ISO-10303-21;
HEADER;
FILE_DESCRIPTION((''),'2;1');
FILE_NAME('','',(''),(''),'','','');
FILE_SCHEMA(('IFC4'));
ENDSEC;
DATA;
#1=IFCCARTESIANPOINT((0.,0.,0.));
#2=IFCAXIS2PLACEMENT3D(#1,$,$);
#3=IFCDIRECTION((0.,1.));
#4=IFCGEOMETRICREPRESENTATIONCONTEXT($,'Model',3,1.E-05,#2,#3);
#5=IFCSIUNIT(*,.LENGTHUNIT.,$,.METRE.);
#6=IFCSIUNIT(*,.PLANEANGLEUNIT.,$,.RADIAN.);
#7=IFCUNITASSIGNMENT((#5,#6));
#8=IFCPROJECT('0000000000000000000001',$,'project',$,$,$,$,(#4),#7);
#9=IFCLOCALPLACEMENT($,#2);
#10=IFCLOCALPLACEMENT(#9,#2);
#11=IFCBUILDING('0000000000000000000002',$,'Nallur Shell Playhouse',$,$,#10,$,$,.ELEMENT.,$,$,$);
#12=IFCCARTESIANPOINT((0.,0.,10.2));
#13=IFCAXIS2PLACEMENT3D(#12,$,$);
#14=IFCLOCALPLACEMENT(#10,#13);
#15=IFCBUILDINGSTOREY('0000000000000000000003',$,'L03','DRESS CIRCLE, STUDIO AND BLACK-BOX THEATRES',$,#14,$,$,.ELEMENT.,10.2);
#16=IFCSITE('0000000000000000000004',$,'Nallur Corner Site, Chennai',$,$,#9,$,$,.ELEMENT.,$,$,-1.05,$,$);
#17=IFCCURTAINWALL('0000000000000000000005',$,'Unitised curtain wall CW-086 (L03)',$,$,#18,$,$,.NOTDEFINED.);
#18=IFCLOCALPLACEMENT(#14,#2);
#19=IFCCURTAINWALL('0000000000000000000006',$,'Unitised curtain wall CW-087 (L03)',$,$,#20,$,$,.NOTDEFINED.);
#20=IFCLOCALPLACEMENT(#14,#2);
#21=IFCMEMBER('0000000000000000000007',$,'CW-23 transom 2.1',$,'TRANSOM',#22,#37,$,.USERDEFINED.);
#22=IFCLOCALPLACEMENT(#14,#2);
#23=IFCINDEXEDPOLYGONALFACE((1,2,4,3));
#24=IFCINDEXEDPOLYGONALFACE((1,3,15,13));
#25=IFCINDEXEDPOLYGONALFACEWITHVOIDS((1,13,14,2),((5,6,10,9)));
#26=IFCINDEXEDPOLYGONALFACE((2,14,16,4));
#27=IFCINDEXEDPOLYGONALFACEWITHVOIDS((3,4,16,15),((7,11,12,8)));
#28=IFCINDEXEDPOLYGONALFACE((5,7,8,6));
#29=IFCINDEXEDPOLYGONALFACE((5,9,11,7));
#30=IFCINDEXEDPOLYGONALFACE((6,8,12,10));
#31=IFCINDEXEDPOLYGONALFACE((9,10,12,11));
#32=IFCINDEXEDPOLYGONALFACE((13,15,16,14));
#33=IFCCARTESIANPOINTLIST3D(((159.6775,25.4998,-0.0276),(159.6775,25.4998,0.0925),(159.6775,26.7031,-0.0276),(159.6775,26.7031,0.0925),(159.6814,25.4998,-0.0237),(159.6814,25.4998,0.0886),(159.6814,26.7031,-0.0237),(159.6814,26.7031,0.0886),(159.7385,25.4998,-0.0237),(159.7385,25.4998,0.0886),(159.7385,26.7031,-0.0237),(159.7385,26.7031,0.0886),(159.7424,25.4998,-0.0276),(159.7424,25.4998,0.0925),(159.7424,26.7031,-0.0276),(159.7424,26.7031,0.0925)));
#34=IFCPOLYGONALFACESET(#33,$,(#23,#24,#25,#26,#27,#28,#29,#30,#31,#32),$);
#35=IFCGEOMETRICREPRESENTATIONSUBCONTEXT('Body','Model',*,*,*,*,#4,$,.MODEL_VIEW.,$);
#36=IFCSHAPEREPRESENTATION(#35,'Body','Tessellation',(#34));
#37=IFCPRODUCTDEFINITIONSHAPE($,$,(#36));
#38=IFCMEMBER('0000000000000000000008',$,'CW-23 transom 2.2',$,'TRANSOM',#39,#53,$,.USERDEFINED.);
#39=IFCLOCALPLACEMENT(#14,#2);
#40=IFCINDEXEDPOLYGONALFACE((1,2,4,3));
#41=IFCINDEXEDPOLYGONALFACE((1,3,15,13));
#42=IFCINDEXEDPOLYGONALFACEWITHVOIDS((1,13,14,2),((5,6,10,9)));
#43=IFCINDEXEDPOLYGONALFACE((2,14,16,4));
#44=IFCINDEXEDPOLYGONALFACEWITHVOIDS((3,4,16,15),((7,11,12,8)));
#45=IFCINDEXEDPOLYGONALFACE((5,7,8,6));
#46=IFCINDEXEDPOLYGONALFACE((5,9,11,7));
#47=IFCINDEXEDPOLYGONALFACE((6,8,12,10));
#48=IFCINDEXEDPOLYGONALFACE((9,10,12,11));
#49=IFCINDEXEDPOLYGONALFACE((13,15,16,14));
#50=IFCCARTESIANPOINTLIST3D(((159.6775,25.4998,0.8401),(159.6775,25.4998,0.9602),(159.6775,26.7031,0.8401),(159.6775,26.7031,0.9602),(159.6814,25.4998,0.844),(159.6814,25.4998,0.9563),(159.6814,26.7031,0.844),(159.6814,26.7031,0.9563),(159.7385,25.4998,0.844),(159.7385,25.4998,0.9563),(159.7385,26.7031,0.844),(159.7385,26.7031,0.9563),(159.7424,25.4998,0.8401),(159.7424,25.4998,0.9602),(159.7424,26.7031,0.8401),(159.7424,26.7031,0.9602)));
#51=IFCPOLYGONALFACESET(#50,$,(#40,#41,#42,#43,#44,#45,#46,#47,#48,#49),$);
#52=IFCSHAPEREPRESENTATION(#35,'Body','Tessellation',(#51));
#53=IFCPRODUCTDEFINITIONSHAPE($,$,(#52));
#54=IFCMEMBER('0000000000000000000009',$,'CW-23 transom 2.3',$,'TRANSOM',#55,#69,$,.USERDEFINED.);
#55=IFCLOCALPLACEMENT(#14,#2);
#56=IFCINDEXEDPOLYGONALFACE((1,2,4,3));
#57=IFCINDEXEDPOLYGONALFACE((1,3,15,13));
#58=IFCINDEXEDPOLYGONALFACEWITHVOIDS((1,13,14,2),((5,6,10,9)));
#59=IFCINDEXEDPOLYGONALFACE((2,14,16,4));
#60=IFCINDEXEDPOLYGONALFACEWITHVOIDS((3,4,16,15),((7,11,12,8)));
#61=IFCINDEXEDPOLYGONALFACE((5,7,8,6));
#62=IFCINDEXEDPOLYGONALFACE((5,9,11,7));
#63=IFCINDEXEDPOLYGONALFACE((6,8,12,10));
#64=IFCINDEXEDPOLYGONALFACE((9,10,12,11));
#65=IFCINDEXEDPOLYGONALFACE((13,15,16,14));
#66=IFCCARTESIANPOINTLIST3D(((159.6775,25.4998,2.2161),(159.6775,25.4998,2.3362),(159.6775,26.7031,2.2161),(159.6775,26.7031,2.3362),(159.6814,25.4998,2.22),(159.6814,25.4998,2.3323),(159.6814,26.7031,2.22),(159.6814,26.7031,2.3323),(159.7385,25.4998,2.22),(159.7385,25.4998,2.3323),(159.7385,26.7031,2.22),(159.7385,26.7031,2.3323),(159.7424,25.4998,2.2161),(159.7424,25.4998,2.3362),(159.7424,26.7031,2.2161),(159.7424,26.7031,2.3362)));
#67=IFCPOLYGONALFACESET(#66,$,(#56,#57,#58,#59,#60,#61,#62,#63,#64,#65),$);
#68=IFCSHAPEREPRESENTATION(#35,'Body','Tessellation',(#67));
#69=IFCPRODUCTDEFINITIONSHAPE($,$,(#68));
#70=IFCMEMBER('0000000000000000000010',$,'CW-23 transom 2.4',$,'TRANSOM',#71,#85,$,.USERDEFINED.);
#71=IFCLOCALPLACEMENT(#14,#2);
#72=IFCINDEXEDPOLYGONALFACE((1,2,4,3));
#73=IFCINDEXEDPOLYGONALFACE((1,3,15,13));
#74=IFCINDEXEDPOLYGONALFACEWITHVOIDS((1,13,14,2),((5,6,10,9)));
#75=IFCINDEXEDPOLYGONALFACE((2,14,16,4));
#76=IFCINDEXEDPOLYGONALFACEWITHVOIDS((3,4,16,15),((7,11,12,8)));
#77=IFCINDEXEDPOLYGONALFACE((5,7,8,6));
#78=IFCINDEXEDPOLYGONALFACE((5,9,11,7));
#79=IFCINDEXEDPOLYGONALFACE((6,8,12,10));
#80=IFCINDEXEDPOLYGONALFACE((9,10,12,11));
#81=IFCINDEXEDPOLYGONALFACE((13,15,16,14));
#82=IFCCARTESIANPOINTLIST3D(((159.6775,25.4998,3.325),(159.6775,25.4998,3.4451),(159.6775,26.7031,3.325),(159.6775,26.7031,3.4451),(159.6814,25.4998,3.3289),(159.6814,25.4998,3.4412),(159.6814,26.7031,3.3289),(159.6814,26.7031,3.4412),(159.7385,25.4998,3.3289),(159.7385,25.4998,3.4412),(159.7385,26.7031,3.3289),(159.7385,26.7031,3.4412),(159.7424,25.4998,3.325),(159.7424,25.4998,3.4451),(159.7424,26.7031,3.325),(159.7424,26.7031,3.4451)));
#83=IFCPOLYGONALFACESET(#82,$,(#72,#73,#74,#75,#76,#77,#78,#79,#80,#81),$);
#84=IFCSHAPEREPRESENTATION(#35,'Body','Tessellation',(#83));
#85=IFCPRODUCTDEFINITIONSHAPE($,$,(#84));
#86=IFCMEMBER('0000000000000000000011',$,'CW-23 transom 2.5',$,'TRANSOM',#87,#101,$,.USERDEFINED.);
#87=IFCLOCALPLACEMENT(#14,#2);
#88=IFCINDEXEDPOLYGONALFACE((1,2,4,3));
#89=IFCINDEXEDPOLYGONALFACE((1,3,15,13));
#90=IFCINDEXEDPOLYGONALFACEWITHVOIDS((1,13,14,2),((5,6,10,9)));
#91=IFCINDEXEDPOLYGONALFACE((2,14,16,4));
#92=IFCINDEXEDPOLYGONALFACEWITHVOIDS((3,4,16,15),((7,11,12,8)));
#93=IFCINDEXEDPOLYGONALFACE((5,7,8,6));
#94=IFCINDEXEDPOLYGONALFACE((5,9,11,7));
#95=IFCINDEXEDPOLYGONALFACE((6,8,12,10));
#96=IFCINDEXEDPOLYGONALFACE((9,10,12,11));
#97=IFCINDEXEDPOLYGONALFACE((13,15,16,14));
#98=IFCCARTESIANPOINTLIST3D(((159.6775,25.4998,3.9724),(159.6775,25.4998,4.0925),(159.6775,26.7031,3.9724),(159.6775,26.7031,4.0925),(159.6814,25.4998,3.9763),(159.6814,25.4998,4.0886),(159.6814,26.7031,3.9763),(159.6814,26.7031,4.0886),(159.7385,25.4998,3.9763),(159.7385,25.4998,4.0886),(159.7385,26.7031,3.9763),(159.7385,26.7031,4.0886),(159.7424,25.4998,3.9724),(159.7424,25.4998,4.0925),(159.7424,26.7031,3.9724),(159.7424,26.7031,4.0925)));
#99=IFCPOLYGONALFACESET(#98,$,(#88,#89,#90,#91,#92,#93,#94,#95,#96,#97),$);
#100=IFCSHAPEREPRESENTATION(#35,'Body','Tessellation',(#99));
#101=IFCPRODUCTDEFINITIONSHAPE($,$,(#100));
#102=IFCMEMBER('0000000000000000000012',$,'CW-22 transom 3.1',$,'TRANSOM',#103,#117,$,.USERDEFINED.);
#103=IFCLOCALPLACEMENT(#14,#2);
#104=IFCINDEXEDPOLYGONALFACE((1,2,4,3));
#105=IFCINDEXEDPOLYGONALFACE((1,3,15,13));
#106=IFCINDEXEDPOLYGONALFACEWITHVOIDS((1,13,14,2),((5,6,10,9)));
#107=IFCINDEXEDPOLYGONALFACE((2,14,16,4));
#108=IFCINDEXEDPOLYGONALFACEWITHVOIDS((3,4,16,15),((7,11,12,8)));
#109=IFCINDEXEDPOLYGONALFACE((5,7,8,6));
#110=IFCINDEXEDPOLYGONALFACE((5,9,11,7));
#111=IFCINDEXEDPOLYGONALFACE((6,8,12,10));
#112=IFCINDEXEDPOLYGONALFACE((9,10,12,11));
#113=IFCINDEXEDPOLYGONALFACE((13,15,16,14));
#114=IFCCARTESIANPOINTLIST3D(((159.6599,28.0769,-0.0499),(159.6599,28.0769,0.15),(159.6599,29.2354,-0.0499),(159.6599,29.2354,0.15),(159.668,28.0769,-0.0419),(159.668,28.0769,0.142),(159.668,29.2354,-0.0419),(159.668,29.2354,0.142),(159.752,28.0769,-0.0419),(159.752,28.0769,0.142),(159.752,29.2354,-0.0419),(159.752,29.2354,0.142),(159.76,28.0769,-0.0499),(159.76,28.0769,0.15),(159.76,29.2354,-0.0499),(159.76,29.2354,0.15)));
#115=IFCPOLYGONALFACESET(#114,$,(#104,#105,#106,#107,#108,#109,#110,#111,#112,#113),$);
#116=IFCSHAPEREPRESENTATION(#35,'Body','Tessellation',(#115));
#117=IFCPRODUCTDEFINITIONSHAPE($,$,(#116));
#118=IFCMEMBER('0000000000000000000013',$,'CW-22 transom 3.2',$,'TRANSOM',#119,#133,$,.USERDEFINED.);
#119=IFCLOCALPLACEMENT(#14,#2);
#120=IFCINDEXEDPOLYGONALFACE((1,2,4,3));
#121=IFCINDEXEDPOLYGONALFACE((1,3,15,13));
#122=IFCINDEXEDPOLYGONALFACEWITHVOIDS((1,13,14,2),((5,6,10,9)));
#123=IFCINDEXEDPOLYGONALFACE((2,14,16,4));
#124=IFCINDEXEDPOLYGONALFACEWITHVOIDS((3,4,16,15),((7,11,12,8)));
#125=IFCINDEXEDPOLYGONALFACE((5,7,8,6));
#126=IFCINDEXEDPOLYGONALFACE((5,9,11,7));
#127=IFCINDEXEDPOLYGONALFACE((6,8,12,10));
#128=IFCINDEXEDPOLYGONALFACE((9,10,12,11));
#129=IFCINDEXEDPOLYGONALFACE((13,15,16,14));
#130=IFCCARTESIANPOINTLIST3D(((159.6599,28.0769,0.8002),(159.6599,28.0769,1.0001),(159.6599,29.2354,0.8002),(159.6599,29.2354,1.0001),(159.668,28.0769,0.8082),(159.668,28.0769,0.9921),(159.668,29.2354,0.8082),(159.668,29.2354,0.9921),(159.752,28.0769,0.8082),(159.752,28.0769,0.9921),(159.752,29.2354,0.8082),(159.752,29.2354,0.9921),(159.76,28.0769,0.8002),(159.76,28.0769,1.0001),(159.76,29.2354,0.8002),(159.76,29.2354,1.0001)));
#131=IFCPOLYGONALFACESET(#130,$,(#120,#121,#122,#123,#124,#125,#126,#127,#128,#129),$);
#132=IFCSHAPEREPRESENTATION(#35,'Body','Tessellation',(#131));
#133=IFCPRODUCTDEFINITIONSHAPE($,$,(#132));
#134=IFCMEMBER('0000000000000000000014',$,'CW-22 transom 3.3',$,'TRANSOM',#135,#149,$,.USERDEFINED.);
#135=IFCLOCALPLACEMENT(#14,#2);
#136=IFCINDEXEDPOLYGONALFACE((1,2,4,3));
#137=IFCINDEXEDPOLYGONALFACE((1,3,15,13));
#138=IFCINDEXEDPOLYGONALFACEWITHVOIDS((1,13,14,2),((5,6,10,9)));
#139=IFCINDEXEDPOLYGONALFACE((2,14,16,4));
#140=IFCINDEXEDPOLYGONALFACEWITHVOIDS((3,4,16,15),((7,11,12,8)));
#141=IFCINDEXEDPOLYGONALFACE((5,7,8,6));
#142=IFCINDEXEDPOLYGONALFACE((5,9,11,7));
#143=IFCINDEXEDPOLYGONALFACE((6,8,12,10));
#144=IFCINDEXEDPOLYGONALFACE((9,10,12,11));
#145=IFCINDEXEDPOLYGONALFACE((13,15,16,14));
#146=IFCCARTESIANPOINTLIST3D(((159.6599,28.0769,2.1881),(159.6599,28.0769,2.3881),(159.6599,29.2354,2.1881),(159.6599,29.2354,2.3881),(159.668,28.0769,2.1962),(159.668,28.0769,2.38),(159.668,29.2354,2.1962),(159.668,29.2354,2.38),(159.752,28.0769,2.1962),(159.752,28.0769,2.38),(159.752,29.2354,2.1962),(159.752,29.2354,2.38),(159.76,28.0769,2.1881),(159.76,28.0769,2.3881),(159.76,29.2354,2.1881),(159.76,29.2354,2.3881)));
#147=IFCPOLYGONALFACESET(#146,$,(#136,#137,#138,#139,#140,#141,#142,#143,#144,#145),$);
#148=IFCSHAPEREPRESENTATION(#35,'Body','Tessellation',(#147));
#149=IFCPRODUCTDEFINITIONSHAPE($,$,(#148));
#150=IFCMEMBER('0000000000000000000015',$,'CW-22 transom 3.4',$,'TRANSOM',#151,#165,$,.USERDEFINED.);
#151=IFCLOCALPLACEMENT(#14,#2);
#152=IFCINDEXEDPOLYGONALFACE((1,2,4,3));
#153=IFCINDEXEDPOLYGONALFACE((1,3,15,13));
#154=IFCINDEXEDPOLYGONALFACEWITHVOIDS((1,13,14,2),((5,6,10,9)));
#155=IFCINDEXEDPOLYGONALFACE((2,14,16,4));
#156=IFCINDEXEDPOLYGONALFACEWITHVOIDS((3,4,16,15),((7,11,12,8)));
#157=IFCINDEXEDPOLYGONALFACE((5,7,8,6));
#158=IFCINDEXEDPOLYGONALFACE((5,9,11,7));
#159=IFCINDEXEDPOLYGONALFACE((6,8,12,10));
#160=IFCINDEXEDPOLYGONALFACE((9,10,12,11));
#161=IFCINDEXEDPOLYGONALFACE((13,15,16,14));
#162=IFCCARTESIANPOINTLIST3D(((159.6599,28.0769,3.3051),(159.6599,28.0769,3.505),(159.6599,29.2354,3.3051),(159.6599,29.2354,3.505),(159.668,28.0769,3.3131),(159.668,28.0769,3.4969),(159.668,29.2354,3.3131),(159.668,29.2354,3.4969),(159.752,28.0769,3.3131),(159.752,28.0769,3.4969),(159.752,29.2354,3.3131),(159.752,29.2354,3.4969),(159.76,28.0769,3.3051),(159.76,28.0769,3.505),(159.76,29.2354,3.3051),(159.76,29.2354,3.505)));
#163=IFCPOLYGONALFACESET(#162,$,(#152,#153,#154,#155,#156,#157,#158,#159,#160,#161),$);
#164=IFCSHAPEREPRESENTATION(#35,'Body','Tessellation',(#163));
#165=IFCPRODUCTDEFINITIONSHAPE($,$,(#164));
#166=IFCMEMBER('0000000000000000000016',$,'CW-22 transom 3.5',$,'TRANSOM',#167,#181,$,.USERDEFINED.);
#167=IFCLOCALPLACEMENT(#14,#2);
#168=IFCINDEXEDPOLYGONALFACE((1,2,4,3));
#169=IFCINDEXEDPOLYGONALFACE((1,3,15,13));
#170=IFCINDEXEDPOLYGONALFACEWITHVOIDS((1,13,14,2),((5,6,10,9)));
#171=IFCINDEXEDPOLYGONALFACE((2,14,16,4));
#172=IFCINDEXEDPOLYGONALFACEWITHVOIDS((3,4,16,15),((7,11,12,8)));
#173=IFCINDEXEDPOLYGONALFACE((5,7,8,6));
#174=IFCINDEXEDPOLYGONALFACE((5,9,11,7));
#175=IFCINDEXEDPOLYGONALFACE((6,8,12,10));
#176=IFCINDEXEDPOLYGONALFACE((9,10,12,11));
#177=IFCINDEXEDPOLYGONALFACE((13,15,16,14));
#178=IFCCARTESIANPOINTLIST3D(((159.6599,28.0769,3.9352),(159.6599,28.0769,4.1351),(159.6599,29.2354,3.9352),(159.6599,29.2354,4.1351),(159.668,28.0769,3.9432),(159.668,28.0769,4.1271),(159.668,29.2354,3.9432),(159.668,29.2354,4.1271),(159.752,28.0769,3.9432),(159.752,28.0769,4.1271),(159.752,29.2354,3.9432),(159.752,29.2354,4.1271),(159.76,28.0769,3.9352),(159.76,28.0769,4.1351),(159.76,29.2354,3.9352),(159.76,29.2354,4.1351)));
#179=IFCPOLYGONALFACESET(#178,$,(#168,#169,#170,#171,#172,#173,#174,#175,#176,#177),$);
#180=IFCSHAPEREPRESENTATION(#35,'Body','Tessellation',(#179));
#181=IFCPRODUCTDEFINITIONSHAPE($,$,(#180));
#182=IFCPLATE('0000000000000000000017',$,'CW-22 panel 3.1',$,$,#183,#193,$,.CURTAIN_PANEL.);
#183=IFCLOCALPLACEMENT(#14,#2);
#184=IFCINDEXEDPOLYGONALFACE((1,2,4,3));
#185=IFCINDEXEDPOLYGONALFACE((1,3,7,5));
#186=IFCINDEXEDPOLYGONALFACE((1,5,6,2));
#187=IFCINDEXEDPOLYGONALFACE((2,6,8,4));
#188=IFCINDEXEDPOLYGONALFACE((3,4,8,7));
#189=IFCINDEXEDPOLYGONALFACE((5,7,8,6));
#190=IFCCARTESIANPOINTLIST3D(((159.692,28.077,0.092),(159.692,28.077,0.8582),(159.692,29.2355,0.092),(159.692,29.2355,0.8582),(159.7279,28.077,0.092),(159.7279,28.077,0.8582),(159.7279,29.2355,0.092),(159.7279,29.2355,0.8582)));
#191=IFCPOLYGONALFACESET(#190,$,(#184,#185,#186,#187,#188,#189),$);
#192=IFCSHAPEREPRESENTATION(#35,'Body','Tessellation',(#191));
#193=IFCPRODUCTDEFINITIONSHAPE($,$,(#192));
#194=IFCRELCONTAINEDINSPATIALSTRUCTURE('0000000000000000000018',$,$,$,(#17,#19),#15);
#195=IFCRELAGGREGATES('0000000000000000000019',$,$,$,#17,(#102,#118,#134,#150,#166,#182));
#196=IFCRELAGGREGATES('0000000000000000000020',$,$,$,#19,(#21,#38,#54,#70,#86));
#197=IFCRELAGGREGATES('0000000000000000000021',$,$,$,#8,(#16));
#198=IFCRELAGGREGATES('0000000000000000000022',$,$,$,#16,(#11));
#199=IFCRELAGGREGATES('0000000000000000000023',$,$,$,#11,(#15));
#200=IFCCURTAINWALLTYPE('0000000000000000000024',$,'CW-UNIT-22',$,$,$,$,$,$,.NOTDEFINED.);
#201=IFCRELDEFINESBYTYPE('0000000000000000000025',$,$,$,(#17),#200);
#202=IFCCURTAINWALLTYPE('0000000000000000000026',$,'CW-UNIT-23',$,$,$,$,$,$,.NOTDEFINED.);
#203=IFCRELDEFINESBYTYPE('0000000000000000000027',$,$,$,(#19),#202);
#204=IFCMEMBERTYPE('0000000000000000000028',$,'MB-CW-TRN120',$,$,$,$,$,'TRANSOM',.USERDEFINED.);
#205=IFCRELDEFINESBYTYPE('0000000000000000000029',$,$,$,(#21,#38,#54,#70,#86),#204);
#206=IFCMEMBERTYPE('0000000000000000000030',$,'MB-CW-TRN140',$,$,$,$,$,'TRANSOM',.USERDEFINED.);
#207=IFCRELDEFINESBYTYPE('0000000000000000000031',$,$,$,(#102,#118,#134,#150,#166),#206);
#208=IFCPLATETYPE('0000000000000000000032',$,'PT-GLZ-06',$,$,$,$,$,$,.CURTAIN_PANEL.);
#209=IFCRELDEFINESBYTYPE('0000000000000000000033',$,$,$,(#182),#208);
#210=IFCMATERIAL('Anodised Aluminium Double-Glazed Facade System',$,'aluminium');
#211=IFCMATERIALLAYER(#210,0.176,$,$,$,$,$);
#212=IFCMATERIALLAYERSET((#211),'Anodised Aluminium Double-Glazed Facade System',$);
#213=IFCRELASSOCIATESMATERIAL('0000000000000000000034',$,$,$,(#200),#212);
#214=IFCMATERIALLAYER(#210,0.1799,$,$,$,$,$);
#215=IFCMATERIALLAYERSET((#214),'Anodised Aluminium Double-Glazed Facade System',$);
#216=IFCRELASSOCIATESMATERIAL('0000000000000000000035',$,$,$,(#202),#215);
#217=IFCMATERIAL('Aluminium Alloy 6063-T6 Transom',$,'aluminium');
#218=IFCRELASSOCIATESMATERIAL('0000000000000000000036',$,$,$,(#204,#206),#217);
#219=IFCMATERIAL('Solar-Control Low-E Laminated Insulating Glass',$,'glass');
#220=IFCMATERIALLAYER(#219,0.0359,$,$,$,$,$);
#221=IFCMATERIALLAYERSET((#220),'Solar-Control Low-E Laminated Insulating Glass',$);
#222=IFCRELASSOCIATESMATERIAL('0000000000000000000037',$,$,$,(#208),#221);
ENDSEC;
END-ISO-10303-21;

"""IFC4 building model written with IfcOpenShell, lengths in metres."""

from ifc_helpers import new_model, si_unit, direction, frame, origin, origin_2d, place, context, subcontext, project, spatial, rectangle, hollow_rectangle, extrude, material, layer, layer_set, material_profile, profile_set, type_object, element, aggregate, save


model = new_model("IFC4")

# Units and contexts
model_context = context("Model", 3, precision=1e-05, world=origin(), true_north=direction((0.0, 1.0)))
body_context = subcontext(model_context, "Body", "Model", "MODEL_VIEW")
ifc_project = project(units=[si_unit("LENGTHUNIT", "METRE"), si_unit("PLANEANGLEUNIT", "RADIAN")], contexts=[model_context])

# Site, building, storey
site_placement = place(None, origin())
site = spatial("IfcSite", under=ifc_project, at=site_placement, Name="Nallur Corner Site, Chennai", CompositionType="ELEMENT", RefElevation=-1.05)
building_placement = place(site_placement, origin())
building = spatial("IfcBuilding", under=site, at=building_placement, Name="Nallur Shell Playhouse", CompositionType="ELEMENT")
storey_placement = place(building_placement, frame((0.0, 0.0, 10.2)))
storey = spatial("IfcBuildingStorey", under=building, at=storey_placement, Name="L03", Description="DRESS CIRCLE, STUDIO AND BLACK-BOX THEATRES", CompositionType="ELEMENT", Elevation=10.2)

# Curtain walls, members
ifc_material_1 = material(Name="Anodised Aluminium Double-Glazed Facade System", Category="aluminium")
ifc_layer_1 = layer(ifc_material_1, 0.176)
ifc_layer_set_1 = layer_set([ifc_layer_1], Name="Anodised Aluminium Double-Glazed Facade System")
curtain_wall_type_1 = type_object("IfcCurtainWallType", Name="CW-UNIT-22", PredefinedType="NOTDEFINED", material=ifc_layer_set_1)
curtain_wall_1_placement = place(storey_placement, origin())
curtain_wall_1 = element("IfcCurtainWall", 1, at=curtain_wall_1_placement, inside=storey, type_object=curtain_wall_type_1, Name="Unitised curtain wall CW-086 (L03)", PredefinedType="NOTDEFINED")
ifc_layer_2 = layer(ifc_material_1, 0.1799)
ifc_layer_set_2 = layer_set([ifc_layer_2], Name="Anodised Aluminium Double-Glazed Facade System")
curtain_wall_type_2 = type_object("IfcCurtainWallType", Name="CW-UNIT-23", PredefinedType="NOTDEFINED", material=ifc_layer_set_2)
curtain_wall_2_placement = place(storey_placement, origin())
curtain_wall_2 = element("IfcCurtainWall", 2, at=curtain_wall_2_placement, inside=storey, type_object=curtain_wall_type_2, Name="Unitised curtain wall CW-087 (L03)", PredefinedType="NOTDEFINED")
ifc_material_2 = material(Name="Aluminium Alloy 6063-T6 Transom", Category="aluminium")
ifc_material_profile_1 = material_profile(ifc_material_2, hollow_rectangle(XDim=0.0649, YDim=0.1201, WallThickness=0.0039, at=origin_2d()), Name="ALU 65x120x4")
ifc_profile_set_1 = profile_set([ifc_material_profile_1], Name="Aluminium Alloy 6063-T6 Transom")
member_type_1 = type_object("IfcMemberType", Name="MB-CW-TRN120", ElementType="TRANSOM", PredefinedType="USERDEFINED", material=ifc_profile_set_1)
member_1_placement = place(storey_placement, frame((159.71, 26.7031, 0.0325), z_axis=(0.0, -1.0, 0.0), x_axis=(1.0, 0.0, 0.0)))
member_1 = element("IfcMember", 3, at=member_1_placement, type_object=member_type_1, Name="CW-23 transom 2.1", ObjectType="TRANSOM", PredefinedType="USERDEFINED", context=body_context, shape_type="SweptSolid", body=[
    extrude(hollow_rectangle(XDim=0.0649, YDim=0.1201, WallThickness=0.0039, at=origin_2d()), origin(), (0.0, 0.0, 1.0), 1.2034),
])
member_2_placement = place(storey_placement, frame((159.71, 26.7031, 0.9001), z_axis=(0.0, -1.0, 0.0), x_axis=(1.0, 0.0, 0.0)))
member_2 = element("IfcMember", 4, at=member_2_placement, type_object=member_type_1, Name="CW-23 transom 2.2", ObjectType="TRANSOM", PredefinedType="USERDEFINED", context=body_context, shape_type="SweptSolid", body=[
    extrude(hollow_rectangle(XDim=0.0649, YDim=0.1201, WallThickness=0.0039, at=origin_2d()), origin(), (0.0, 0.0, 1.0), 1.2034),
])
member_3_placement = place(storey_placement, frame((159.71, 26.7031, 2.2761), z_axis=(0.0, -1.0, 0.0), x_axis=(1.0, 0.0, 0.0)))
member_3 = element("IfcMember", 5, at=member_3_placement, type_object=member_type_1, Name="CW-23 transom 2.3", ObjectType="TRANSOM", PredefinedType="USERDEFINED", context=body_context, shape_type="SweptSolid", body=[
    extrude(hollow_rectangle(XDim=0.0649, YDim=0.1201, WallThickness=0.0039, at=origin_2d()), origin(), (0.0, 0.0, 1.0), 1.2034),
])
member_4_placement = place(storey_placement, frame((159.71, 26.7031, 3.385), z_axis=(0.0, -1.0, 0.0), x_axis=(1.0, 0.0, 0.0)))
member_4 = element("IfcMember", 6, at=member_4_placement, type_object=member_type_1, Name="CW-23 transom 2.4", ObjectType="TRANSOM", PredefinedType="USERDEFINED", context=body_context, shape_type="SweptSolid", body=[
    extrude(hollow_rectangle(XDim=0.0649, YDim=0.1201, WallThickness=0.0039, at=origin_2d()), origin(), (0.0, 0.0, 1.0), 1.2034),
])
member_5_placement = place(storey_placement, frame((159.71, 26.7031, 4.0325), z_axis=(0.0, -1.0, 0.0), x_axis=(1.0, 0.0, 0.0)))
member_5 = element("IfcMember", 7, at=member_5_placement, type_object=member_type_1, Name="CW-23 transom 2.5", ObjectType="TRANSOM", PredefinedType="USERDEFINED", context=body_context, shape_type="SweptSolid", body=[
    extrude(hollow_rectangle(XDim=0.0649, YDim=0.1201, WallThickness=0.0039, at=origin_2d()), origin(), (0.0, 0.0, 1.0), 1.2034),
])

# Members
ifc_material_profile_2 = material_profile(ifc_material_2, hollow_rectangle(XDim=0.1001, YDim=0.2, WallThickness=0.0081, at=origin_2d()), Name="RHS 200x100x8")
ifc_profile_set_2 = profile_set([ifc_material_profile_2], Name="Aluminium Alloy 6063-T6 Transom")
member_type_2 = type_object("IfcMemberType", Name="MB-CW-TRN140", ElementType="TRANSOM", PredefinedType="USERDEFINED", material=ifc_profile_set_2)
member_6_placement = place(storey_placement, frame((159.71, 29.2354, 0.05), z_axis=(0.0, -1.0, 0.0), x_axis=(1.0, 0.0, 0.0)))
member_6 = element("IfcMember", 8, at=member_6_placement, type_object=member_type_2, Name="CW-22 transom 3.1", ObjectType="TRANSOM", PredefinedType="USERDEFINED", context=body_context, shape_type="SweptSolid", body=[
    extrude(hollow_rectangle(XDim=0.1001, YDim=0.2, WallThickness=0.0081, at=origin_2d()), origin(), (0.0, 0.0, 1.0), 1.1584),
])
member_7_placement = place(storey_placement, frame((159.71, 29.2354, 0.9001), z_axis=(0.0, -1.0, 0.0), x_axis=(1.0, 0.0, 0.0)))
member_7 = element("IfcMember", 9, at=member_7_placement, type_object=member_type_2, Name="CW-22 transom 3.2", ObjectType="TRANSOM", PredefinedType="USERDEFINED", context=body_context, shape_type="SweptSolid", body=[
    extrude(hollow_rectangle(XDim=0.1001, YDim=0.2, WallThickness=0.0081, at=origin_2d()), origin(), (0.0, 0.0, 1.0), 1.1584),
])
member_8_placement = place(storey_placement, frame((159.71, 29.2354, 2.2881), z_axis=(0.0, -1.0, 0.0), x_axis=(1.0, 0.0, 0.0)))
member_8 = element("IfcMember", 10, at=member_8_placement, type_object=member_type_2, Name="CW-22 transom 3.3", ObjectType="TRANSOM", PredefinedType="USERDEFINED", context=body_context, shape_type="SweptSolid", body=[
    extrude(hollow_rectangle(XDim=0.1001, YDim=0.2, WallThickness=0.0081, at=origin_2d()), origin(), (0.0, 0.0, 1.0), 1.1584),
])
member_9_placement = place(storey_placement, frame((159.71, 29.2354, 3.405), z_axis=(0.0, -1.0, 0.0), x_axis=(1.0, 0.0, 0.0)))
member_9 = element("IfcMember", 11, at=member_9_placement, type_object=member_type_2, Name="CW-22 transom 3.4", ObjectType="TRANSOM", PredefinedType="USERDEFINED", context=body_context, shape_type="SweptSolid", body=[
    extrude(hollow_rectangle(XDim=0.1001, YDim=0.2, WallThickness=0.0081, at=origin_2d()), origin(), (0.0, 0.0, 1.0), 1.1584),
])
member_10_placement = place(storey_placement, frame((159.71, 29.2354, 4.0352), z_axis=(0.0, -1.0, 0.0), x_axis=(1.0, 0.0, 0.0)))
member_10 = element("IfcMember", 12, at=member_10_placement, type_object=member_type_2, Name="CW-22 transom 3.5", ObjectType="TRANSOM", PredefinedType="USERDEFINED", context=body_context, shape_type="SweptSolid", body=[
    extrude(hollow_rectangle(XDim=0.1001, YDim=0.2, WallThickness=0.0081, at=origin_2d()), origin(), (0.0, 0.0, 1.0), 1.1584),
])

# Plate
ifc_material_3 = material(Name="Solar-Control Low-E Laminated Insulating Glass", Category="glass")
ifc_layer_3 = layer(ifc_material_3, 0.0359)
ifc_layer_set_3 = layer_set([ifc_layer_3], Name="Solar-Control Low-E Laminated Insulating Glass")
plate_type_1 = type_object("IfcPlateType", Name="PT-GLZ-06", PredefinedType="CURTAIN_PANEL", material=ifc_layer_set_3)
plate_1_placement = place(storey_placement, frame((159.71, 28.6562, 0.092), z_axis=(0.0, 0.0, 1.0), x_axis=(0.0, -1.0, 0.0)))
plate_1 = element("IfcPlate", 13, at=plate_1_placement, type_object=plate_type_1, Name="CW-22 panel 3.1", PredefinedType="CURTAIN_PANEL", context=body_context, shape_type="SweptSolid", body=[
    extrude(rectangle(XDim=1.1584, YDim=0.0359, at=origin_2d()), origin(), (0.0, 0.0, 1.0), 0.7661),
])
aggregate(curtain_wall_1, [member_6, member_7, member_8, member_9, member_10, plate_1])
aggregate(curtain_wall_2, [member_1, member_2, member_3, member_4, member_5])

save(model, "model.ifc")
